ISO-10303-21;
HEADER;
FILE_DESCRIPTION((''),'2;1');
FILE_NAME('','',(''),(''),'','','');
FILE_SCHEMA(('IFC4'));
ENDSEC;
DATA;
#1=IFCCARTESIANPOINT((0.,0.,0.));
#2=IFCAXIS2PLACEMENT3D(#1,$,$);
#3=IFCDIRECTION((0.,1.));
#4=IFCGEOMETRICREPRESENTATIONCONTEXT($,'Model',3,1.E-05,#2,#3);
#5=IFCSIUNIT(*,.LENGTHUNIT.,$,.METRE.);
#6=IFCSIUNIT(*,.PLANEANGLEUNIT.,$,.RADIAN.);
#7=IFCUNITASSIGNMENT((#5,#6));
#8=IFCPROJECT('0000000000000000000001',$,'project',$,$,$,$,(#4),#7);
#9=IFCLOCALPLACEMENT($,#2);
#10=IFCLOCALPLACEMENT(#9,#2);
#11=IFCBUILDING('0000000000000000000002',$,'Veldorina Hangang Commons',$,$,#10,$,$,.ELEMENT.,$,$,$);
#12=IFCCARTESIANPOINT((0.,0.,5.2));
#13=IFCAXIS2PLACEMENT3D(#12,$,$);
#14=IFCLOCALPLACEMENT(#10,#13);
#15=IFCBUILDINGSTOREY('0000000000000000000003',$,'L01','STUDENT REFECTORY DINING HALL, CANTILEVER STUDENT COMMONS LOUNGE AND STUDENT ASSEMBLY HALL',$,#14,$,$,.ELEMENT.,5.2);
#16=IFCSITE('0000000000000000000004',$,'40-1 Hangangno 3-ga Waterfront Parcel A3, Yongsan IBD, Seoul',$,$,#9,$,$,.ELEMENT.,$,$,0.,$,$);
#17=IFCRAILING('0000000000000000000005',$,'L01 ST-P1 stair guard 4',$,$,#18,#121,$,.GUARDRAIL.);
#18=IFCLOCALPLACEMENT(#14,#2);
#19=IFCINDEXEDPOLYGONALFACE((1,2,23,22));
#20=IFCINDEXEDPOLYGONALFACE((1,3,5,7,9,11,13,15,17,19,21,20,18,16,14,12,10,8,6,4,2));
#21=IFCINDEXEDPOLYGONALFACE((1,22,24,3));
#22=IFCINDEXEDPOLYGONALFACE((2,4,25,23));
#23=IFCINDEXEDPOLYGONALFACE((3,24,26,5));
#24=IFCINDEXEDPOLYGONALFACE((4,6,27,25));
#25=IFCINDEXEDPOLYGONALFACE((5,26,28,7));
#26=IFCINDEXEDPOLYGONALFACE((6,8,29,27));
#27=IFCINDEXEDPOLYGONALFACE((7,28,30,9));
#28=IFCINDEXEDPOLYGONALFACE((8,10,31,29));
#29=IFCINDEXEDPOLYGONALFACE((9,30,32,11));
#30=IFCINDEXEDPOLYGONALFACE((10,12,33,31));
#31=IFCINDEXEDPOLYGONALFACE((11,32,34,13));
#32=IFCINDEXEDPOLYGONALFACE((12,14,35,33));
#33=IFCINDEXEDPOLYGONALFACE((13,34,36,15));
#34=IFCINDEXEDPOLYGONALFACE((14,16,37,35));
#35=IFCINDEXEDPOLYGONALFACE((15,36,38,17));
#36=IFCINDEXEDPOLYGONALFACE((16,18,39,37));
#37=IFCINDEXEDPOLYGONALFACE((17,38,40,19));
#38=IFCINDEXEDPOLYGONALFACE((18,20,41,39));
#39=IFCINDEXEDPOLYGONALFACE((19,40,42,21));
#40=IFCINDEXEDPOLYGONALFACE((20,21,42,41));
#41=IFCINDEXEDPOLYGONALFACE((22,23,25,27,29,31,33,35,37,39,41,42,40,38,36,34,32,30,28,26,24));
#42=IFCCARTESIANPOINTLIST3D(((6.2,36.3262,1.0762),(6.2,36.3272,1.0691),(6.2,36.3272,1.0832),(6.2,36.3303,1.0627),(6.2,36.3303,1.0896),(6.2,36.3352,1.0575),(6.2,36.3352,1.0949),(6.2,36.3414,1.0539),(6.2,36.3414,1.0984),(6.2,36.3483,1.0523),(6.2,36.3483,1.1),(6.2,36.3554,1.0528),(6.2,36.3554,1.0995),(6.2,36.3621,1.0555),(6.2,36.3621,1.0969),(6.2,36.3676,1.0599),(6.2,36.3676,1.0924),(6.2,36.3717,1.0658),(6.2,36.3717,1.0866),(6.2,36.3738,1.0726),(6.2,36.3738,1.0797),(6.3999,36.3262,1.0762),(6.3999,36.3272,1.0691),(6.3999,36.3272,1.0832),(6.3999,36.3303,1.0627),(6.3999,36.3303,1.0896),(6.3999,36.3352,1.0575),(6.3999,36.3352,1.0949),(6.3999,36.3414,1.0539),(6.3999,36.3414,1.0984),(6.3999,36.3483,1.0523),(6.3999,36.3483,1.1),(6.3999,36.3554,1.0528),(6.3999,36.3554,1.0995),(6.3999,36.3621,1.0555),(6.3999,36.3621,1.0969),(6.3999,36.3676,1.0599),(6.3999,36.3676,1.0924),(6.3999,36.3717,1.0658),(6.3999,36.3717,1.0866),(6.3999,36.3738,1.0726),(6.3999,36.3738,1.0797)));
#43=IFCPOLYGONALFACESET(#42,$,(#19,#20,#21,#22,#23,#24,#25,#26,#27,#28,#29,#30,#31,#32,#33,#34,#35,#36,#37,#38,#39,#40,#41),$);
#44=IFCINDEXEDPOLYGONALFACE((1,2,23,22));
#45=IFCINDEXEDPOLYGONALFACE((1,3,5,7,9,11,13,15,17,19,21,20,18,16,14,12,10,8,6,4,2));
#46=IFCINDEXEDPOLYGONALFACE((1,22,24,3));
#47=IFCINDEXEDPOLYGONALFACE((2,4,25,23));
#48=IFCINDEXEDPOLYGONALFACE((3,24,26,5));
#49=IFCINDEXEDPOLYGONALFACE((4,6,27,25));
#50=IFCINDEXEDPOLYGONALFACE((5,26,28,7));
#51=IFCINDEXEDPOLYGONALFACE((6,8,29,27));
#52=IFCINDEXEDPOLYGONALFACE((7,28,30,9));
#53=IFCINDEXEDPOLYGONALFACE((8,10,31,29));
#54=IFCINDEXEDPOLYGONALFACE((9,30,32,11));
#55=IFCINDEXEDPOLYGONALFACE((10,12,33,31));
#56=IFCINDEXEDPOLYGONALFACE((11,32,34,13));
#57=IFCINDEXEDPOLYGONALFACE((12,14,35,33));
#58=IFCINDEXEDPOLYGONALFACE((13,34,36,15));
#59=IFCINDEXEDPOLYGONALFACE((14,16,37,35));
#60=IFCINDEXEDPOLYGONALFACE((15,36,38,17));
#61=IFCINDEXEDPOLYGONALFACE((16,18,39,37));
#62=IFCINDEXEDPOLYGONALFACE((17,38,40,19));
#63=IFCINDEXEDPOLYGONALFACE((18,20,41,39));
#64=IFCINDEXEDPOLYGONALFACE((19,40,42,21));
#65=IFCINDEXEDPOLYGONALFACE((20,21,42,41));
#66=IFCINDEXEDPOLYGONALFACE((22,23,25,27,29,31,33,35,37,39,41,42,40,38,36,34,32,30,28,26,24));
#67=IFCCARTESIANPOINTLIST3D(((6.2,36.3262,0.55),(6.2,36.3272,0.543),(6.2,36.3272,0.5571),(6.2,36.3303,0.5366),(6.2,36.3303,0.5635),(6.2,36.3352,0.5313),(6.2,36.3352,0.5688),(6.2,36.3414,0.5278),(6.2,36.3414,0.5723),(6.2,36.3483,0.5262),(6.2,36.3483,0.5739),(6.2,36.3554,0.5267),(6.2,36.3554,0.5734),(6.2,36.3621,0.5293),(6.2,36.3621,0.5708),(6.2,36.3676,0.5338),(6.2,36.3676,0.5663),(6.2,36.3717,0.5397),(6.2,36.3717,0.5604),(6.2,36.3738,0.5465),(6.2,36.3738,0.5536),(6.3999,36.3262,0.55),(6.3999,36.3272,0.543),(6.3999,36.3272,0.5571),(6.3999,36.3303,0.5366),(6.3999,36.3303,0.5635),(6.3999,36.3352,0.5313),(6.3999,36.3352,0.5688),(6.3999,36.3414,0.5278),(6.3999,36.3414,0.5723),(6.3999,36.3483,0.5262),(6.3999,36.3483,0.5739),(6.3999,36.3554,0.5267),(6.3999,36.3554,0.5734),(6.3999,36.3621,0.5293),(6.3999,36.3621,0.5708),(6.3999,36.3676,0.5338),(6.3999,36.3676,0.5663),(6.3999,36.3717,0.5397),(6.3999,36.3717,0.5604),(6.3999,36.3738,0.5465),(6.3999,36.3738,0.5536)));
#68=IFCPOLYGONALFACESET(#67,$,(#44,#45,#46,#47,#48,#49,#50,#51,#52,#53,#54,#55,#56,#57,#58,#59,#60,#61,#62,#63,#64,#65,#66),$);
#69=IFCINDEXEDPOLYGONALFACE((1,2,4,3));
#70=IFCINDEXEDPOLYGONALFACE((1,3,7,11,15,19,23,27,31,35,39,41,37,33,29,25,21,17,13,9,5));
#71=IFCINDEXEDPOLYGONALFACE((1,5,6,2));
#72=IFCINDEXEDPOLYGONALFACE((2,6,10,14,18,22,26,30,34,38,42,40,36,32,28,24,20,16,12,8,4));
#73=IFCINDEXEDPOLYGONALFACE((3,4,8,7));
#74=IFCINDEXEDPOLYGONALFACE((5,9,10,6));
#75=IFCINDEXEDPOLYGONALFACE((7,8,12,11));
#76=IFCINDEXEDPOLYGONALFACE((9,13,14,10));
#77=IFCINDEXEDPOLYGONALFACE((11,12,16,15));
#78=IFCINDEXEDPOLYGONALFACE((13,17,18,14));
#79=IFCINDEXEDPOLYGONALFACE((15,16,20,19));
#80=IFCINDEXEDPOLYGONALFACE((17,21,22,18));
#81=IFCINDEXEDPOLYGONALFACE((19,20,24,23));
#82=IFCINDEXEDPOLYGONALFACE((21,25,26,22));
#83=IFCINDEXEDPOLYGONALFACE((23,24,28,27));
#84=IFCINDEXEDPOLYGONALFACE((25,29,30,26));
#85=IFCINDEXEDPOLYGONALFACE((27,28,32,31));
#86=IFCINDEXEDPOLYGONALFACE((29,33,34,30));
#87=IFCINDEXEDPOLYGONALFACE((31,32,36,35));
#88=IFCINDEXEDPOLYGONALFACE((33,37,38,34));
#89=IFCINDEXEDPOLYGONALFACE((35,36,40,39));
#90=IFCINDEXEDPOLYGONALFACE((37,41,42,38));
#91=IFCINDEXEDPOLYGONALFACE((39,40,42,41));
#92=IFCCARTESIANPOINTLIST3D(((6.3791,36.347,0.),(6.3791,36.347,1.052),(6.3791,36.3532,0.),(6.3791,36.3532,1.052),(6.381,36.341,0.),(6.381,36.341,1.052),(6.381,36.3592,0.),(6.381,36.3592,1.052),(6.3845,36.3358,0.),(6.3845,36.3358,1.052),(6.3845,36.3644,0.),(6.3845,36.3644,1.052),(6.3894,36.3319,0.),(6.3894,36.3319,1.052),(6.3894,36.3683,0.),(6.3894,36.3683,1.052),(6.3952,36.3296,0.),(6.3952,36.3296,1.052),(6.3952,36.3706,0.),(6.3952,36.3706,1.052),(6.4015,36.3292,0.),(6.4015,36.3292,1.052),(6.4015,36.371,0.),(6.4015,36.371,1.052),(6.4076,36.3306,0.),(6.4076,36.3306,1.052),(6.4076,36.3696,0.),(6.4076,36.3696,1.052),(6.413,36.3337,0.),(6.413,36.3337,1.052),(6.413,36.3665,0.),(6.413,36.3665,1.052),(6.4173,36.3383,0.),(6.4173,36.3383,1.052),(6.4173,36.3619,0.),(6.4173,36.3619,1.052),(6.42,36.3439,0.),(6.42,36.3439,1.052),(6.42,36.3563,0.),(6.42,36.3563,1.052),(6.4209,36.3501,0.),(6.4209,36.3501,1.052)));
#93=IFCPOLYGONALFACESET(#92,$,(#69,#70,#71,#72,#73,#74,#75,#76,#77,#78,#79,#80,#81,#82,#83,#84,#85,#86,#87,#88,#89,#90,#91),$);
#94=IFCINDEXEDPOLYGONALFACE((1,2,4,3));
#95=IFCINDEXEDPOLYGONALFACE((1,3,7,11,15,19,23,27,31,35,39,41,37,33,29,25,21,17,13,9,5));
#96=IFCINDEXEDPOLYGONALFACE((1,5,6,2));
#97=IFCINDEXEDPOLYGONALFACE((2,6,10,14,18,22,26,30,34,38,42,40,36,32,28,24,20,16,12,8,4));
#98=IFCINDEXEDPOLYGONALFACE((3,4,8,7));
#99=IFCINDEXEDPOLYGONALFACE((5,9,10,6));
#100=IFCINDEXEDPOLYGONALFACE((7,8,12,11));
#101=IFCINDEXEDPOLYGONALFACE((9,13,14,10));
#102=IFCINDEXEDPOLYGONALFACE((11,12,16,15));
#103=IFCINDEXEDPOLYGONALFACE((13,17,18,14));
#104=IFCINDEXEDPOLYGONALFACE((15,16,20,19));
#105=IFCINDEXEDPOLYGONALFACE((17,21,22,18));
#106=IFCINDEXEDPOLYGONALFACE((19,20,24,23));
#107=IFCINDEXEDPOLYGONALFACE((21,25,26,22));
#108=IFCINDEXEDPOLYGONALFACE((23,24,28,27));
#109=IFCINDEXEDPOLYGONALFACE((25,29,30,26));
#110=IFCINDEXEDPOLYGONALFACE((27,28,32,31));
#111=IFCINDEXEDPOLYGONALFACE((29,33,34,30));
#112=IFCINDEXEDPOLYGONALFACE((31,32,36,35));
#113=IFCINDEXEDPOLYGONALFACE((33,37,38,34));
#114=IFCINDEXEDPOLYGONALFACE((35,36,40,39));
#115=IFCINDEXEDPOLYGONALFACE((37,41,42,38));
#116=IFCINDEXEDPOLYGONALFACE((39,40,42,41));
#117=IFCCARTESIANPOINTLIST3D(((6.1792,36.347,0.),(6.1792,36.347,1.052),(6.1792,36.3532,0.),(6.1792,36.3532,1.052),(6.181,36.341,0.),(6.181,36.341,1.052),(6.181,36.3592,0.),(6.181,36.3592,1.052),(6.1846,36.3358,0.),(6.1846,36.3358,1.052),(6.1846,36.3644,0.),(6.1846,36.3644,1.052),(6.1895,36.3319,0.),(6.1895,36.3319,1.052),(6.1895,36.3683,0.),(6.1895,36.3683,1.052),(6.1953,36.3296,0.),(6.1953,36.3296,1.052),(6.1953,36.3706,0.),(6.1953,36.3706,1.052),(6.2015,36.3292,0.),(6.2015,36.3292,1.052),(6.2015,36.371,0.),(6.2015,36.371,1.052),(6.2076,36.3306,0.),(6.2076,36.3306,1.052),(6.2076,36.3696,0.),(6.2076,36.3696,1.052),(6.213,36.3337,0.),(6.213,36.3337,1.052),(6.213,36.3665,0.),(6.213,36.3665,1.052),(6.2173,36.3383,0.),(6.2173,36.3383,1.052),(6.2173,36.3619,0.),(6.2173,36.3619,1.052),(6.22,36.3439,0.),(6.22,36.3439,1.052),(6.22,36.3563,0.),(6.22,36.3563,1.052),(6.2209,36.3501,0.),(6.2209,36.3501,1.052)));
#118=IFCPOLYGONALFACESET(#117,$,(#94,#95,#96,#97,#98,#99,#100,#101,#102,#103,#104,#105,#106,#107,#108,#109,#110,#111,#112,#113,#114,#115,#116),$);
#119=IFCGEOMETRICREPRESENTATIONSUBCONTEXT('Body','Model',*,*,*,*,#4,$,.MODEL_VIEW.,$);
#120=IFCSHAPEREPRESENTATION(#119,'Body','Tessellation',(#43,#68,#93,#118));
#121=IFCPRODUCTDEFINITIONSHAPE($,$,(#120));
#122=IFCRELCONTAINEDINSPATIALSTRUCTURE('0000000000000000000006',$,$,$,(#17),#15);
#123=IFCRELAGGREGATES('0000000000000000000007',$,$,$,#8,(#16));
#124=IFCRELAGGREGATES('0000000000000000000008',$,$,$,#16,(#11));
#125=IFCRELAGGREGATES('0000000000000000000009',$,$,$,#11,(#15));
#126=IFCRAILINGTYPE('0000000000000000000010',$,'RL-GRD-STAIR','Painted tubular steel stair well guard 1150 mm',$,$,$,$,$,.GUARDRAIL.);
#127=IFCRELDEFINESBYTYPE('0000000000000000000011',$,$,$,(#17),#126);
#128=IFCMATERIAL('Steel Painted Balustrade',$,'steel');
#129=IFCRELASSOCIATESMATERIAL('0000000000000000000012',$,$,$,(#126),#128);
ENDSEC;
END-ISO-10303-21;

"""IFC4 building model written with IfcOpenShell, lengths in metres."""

from ifc_helpers import new_model, si_unit, direction, frame, origin, origin_2d, place, context, subcontext, project, spatial, circle, extrude, material, type_object, element, save


model = new_model("IFC4")

# Units and contexts
model_context = context("Model", 3, precision=1e-05, world=origin(), true_north=direction((0.0, 1.0)))
body_context = subcontext(model_context, "Body", "Model", "MODEL_VIEW")
ifc_project = project(units=[si_unit("LENGTHUNIT", "METRE"), si_unit("PLANEANGLEUNIT", "RADIAN")], contexts=[model_context])

# Site, building, storey
site_placement = place(None, origin())
site = spatial("IfcSite", under=ifc_project, at=site_placement, Name="40-1 Hangangno 3-ga Waterfront Parcel A3, Yongsan IBD, Seoul", CompositionType="ELEMENT", RefElevation=0.0)
building_placement = place(site_placement, origin())
building = spatial("IfcBuilding", under=site, at=building_placement, Name="Veldorina Hangang Commons", CompositionType="ELEMENT")
storey_placement = place(building_placement, frame((0.0, 0.0, 5.2)))
storey = spatial("IfcBuildingStorey", under=building, at=storey_placement, Name="L01", Description="STUDENT REFECTORY DINING HALL, CANTILEVER STUDENT COMMONS LOUNGE AND STUDENT ASSEMBLY HALL", CompositionType="ELEMENT", Elevation=5.2)

# Railing
ifc_material_1 = material(Name="Steel Painted Balustrade", Category="steel")
railing_type = type_object("IfcRailingType", Name="RL-GRD-STAIR", Description="Painted tubular steel stair well guard 1150 mm", PredefinedType="GUARDRAIL", material=ifc_material_1)
railing_1_placement = place(storey_placement, frame((6.3999, 36.3501, 0.0)))
element("IfcRailing", 1, at=railing_1_placement, inside=storey, type_object=railing_type, Name="L01 ST-P1 stair guard 4", PredefinedType="GUARDRAIL", context=body_context, shape_type="SweptSolid", body=[
    extrude(circle(Radius=0.0239, at=origin_2d()), frame((0.0, 0.0, 1.0762), z_axis=(-1.0, 0.0, 0.0), x_axis=(0.0, -1.0, 0.0)), (0.0, 0.0, 1.0), 0.2),
    extrude(circle(Radius=0.0239, at=origin_2d()), frame((0.0, 0.0, 0.55), z_axis=(-1.0, 0.0, 0.0), x_axis=(0.0, -1.0, 0.0)), (0.0, 0.0, 1.0), 0.2),
    extrude(circle(Radius=0.021, at=origin_2d()), origin(), (0.0, 0.0, 1.0), 1.052),
    extrude(circle(Radius=0.021, at=origin_2d()), frame((-0.2, 0.0, 0.0)), (0.0, 0.0, 1.0), 1.052),
])

save(model, "model.ifc")
